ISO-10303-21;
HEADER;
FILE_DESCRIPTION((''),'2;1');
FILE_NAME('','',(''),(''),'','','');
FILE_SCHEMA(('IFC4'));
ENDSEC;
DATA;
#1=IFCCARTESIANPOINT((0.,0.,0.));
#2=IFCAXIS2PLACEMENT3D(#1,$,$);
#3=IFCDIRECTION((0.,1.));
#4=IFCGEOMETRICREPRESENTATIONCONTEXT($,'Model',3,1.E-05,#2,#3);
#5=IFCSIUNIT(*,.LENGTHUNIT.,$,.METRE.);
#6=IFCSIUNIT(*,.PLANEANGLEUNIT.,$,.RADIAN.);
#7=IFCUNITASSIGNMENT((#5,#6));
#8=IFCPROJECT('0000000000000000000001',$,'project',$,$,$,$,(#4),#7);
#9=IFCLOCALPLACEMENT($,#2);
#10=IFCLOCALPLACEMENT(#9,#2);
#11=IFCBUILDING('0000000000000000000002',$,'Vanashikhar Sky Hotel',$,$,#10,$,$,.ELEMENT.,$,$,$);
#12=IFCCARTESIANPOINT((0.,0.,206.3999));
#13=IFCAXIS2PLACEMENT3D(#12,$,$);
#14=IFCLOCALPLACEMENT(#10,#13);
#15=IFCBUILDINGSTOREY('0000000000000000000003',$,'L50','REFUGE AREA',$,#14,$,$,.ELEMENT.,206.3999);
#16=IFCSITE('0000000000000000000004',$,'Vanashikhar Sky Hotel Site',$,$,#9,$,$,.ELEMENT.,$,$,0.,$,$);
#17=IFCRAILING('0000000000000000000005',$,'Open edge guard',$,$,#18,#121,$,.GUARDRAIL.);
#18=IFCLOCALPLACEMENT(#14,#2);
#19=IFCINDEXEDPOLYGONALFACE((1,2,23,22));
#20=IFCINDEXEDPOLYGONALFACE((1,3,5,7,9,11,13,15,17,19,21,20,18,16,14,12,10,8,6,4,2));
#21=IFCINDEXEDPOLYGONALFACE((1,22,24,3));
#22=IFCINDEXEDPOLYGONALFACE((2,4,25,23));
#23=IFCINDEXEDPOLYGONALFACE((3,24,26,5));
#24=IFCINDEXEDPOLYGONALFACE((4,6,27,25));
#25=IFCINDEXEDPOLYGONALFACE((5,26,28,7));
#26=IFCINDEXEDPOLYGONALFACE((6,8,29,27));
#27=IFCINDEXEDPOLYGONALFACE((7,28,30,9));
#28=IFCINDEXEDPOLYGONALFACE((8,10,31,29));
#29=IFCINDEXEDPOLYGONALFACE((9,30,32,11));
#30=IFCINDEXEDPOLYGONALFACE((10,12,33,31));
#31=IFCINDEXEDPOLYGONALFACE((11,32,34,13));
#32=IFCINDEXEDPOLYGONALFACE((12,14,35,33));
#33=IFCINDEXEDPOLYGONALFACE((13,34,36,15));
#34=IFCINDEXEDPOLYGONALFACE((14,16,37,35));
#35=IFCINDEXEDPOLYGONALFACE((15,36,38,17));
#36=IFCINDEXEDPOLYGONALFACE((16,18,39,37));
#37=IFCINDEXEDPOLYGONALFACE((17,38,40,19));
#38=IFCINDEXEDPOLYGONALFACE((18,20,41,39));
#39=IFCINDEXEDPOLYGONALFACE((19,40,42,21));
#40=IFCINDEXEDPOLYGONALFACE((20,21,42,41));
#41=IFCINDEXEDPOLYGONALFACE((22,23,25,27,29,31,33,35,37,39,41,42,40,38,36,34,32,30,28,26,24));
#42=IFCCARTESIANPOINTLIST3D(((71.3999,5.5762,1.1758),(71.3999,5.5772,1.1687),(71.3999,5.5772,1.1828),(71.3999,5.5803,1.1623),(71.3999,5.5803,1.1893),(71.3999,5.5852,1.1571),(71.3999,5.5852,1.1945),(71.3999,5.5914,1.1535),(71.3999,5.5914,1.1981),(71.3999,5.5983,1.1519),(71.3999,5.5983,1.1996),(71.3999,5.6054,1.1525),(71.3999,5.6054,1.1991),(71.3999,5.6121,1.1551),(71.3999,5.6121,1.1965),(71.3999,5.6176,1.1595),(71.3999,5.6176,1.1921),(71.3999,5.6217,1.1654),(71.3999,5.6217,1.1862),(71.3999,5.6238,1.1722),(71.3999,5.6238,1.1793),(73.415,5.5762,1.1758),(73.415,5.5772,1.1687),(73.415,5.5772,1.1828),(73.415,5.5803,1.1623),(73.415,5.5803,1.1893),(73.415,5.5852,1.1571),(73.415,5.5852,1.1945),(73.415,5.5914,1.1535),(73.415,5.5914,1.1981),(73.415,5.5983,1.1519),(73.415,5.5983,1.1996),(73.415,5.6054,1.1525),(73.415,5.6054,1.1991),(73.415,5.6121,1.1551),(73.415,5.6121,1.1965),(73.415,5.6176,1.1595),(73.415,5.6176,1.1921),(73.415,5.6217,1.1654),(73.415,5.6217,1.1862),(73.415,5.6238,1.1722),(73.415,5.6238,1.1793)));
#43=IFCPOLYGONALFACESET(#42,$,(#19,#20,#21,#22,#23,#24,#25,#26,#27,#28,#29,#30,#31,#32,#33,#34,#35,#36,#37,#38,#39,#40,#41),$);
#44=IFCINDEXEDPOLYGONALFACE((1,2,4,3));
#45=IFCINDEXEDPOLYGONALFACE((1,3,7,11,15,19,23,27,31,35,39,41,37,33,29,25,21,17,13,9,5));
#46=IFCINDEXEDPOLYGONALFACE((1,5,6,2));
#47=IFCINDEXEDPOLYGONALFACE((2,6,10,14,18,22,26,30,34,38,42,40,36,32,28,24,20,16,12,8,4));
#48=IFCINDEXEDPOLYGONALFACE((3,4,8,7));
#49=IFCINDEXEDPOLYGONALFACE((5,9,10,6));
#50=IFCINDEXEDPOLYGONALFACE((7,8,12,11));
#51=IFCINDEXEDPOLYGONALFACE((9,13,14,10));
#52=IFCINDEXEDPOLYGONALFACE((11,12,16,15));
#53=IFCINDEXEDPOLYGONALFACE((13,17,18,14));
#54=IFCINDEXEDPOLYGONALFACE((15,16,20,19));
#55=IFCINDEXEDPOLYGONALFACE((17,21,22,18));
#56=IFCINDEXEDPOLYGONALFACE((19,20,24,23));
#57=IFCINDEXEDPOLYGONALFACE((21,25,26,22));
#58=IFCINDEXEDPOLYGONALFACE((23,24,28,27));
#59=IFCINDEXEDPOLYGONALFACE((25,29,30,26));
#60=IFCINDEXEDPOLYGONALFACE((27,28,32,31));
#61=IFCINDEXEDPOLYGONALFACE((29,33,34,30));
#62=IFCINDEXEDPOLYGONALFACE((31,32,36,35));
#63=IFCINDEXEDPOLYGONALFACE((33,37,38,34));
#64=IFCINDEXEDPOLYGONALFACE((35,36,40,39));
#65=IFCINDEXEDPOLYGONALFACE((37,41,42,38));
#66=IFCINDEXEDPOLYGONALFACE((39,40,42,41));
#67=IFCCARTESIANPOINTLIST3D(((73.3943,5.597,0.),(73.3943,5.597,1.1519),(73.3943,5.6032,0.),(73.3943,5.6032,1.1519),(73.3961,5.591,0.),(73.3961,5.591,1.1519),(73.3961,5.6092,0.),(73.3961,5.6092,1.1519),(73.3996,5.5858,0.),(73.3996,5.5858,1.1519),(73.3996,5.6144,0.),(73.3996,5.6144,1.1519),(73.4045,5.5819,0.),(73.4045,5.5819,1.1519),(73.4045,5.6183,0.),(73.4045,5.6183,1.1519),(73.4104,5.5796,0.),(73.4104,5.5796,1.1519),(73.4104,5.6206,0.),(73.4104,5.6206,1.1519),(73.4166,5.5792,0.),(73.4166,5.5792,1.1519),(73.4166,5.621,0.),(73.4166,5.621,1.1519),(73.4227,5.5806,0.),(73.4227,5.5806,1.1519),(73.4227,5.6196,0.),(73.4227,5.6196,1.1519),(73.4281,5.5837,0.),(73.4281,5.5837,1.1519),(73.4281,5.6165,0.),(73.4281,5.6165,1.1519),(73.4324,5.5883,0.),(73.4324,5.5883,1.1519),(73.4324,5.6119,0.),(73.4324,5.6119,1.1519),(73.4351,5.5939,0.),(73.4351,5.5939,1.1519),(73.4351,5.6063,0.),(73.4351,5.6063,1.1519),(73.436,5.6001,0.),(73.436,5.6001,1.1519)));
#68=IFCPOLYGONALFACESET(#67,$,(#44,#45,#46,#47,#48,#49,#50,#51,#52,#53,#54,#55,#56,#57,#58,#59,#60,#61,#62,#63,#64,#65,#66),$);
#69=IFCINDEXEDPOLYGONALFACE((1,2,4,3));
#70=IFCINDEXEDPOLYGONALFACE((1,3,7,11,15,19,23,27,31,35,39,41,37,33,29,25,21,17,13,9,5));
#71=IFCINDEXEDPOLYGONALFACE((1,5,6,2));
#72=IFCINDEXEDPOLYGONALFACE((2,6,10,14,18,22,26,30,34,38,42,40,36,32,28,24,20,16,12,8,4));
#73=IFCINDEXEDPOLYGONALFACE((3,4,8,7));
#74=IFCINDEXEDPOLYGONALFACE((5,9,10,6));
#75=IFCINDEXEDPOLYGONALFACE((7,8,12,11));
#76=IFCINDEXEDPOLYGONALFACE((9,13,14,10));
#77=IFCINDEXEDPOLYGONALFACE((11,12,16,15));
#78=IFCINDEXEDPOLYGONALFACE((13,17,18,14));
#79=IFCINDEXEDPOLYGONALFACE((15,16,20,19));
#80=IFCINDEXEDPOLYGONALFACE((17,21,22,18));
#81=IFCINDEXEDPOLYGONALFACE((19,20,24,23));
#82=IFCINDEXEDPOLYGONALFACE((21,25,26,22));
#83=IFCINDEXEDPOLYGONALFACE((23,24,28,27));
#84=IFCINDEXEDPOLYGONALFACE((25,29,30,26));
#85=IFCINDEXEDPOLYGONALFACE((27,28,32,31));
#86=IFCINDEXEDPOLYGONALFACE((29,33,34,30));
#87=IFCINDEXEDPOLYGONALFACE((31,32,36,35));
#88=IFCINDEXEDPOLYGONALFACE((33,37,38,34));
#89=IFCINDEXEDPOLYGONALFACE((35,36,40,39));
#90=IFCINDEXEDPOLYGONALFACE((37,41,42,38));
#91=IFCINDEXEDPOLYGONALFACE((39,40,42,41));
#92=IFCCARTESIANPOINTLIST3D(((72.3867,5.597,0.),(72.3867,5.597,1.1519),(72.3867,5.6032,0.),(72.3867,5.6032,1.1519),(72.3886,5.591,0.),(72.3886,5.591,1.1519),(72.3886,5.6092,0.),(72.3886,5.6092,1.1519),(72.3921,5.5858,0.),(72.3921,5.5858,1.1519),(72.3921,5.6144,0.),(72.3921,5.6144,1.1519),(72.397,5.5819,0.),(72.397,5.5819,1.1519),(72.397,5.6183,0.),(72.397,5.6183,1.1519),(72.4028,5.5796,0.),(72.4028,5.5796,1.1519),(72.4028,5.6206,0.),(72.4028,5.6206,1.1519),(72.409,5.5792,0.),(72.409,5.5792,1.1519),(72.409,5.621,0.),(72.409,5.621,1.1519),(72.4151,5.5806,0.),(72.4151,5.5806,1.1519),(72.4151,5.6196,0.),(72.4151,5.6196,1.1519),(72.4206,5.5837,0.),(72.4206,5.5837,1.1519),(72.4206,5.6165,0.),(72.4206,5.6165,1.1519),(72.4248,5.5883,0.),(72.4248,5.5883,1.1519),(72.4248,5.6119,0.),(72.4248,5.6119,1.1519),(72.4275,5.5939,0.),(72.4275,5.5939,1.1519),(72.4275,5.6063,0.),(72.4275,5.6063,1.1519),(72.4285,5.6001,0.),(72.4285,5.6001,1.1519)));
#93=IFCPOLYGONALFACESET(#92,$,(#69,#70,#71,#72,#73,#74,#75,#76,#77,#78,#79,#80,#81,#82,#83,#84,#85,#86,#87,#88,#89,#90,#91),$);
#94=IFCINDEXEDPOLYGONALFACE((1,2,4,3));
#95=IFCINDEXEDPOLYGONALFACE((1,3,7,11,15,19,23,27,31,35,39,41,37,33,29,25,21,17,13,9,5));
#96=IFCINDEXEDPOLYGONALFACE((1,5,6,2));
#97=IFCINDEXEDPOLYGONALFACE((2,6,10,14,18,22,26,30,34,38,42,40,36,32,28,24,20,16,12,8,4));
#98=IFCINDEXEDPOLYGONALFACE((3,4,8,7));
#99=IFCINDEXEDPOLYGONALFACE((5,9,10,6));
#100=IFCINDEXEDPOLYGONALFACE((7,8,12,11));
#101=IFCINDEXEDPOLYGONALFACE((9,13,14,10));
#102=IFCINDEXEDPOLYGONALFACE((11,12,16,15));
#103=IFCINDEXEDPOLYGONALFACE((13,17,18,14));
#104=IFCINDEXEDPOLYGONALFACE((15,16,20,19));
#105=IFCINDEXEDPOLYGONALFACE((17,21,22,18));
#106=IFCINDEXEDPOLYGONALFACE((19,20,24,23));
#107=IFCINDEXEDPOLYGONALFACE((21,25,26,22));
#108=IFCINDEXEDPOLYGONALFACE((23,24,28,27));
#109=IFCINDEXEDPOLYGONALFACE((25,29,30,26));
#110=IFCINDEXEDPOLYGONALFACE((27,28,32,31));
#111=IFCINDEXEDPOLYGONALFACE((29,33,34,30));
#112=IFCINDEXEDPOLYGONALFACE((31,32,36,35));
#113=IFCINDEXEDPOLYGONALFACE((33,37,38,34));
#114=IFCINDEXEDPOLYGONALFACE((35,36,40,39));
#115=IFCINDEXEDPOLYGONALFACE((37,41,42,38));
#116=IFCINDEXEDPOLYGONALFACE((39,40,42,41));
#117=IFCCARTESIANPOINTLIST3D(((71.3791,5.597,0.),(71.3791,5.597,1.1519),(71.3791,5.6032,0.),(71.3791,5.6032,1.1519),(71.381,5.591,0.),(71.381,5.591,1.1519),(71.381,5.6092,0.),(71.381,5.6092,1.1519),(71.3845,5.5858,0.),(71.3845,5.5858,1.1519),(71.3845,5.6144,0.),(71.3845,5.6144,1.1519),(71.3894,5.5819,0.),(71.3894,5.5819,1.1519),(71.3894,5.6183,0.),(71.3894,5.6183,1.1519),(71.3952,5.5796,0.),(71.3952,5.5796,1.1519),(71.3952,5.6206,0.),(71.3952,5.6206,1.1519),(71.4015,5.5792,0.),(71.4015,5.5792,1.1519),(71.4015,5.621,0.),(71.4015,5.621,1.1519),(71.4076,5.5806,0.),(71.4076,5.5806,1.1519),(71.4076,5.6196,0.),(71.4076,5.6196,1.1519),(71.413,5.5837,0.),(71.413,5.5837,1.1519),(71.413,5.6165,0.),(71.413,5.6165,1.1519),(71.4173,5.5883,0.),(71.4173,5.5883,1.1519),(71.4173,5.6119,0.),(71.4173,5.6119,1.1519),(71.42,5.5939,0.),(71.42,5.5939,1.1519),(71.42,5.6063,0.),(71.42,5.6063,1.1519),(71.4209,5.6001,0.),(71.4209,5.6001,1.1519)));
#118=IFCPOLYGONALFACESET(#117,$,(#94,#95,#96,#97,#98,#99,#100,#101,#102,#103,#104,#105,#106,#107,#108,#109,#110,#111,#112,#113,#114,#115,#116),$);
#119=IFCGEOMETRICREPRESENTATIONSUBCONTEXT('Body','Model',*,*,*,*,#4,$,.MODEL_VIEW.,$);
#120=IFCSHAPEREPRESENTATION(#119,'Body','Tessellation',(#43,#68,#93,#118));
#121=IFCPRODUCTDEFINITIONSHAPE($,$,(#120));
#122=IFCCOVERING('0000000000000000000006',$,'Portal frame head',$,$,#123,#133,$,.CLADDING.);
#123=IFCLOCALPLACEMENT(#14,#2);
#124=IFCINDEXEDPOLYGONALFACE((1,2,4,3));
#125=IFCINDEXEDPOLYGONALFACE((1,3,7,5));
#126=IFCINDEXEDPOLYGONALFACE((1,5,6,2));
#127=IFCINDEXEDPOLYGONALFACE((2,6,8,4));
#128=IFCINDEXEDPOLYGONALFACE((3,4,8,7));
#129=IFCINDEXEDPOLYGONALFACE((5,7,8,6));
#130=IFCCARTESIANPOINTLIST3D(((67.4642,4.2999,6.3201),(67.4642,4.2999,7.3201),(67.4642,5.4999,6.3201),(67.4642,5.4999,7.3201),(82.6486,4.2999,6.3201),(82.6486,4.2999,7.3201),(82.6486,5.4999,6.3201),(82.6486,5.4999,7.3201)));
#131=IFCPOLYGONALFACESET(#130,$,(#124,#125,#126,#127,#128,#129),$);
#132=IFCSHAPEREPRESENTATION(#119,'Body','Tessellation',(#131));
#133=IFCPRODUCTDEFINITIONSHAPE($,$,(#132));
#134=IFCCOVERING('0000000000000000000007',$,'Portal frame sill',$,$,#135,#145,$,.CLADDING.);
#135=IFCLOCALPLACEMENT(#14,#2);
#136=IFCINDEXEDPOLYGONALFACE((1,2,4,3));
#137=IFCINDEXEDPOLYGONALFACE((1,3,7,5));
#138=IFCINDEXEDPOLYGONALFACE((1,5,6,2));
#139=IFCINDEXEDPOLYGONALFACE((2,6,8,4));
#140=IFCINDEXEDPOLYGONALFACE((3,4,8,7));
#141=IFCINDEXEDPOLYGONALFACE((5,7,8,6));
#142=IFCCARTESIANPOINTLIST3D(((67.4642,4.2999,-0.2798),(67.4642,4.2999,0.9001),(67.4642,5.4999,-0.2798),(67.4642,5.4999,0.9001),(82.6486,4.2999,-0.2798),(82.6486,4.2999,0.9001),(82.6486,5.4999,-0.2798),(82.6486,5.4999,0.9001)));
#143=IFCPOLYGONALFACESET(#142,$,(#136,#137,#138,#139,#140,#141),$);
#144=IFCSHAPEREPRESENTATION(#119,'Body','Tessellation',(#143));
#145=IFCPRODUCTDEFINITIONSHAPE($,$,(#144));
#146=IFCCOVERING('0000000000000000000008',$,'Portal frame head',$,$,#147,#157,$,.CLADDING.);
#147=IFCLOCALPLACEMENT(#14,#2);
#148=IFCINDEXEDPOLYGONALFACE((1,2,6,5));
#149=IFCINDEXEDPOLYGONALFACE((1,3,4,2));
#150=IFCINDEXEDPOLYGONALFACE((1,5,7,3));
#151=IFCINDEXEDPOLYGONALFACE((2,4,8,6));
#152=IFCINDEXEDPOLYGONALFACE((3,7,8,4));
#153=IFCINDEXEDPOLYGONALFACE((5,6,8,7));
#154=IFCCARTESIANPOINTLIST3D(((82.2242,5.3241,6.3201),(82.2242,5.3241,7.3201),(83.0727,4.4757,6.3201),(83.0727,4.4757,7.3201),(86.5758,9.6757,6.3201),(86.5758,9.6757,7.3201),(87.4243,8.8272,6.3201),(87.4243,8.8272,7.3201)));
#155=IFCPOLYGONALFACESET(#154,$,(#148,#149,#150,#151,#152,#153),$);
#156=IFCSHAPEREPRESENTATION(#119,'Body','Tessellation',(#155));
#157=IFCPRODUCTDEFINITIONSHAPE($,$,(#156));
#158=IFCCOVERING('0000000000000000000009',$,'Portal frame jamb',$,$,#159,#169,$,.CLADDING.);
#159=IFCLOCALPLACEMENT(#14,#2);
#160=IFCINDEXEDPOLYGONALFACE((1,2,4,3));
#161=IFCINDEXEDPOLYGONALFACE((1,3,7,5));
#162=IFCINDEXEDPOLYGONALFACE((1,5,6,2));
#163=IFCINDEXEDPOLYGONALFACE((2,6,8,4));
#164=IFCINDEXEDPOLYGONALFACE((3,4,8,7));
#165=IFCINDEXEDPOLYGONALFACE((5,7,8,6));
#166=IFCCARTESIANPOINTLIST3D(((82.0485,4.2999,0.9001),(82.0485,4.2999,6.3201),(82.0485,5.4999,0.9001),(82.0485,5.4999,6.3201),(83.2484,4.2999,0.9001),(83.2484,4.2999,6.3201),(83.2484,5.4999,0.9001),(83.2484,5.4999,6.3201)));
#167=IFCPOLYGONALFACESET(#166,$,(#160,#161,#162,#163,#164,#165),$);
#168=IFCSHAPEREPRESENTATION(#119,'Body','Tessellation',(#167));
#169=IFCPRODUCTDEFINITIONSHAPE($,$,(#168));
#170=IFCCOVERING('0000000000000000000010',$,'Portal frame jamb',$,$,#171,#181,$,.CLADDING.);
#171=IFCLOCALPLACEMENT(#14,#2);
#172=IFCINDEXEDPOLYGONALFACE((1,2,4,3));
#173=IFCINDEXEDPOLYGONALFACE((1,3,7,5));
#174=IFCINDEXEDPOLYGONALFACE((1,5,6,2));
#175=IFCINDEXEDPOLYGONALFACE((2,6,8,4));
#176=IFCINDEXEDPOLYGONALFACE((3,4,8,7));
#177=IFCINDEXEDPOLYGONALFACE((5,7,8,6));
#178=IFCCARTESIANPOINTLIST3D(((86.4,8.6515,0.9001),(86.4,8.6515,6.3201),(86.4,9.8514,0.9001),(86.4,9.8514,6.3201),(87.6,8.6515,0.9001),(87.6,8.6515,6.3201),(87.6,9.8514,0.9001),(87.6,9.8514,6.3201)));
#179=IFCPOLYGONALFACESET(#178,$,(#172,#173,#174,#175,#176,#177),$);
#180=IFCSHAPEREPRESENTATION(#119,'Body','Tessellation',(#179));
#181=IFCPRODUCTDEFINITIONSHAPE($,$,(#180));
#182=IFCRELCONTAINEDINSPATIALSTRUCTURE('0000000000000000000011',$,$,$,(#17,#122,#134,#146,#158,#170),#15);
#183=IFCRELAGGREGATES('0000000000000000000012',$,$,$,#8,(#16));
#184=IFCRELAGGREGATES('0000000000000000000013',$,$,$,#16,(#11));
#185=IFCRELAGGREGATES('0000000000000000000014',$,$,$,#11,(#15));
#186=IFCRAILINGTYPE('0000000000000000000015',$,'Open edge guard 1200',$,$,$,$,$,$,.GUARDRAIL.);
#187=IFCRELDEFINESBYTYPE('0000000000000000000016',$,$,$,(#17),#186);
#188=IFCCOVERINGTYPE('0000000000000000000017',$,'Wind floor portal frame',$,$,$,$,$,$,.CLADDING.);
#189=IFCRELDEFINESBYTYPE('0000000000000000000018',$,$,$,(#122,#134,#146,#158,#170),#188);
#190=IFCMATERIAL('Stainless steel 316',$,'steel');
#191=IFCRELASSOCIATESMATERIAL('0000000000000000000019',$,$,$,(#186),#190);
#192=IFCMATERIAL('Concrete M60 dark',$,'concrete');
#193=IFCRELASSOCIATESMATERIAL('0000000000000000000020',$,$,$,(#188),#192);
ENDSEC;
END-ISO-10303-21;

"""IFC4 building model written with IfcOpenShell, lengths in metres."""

from ifc_helpers import new_model, si_unit, direction, frame, origin, origin_2d, place, context, subcontext, project, spatial, rectangle, circle, extrude, source, transform, mapped, material, type_object, element, save


model = new_model("IFC4")

# Units and contexts
model_context = context("Model", 3, precision=1e-05, world=origin(), true_north=direction((0.0, 1.0)))
body_context = subcontext(model_context, "Body", "Model", "MODEL_VIEW")
ifc_project = project(units=[si_unit("LENGTHUNIT", "METRE"), si_unit("PLANEANGLEUNIT", "RADIAN")], contexts=[model_context])

# Site, building, storey
site_placement = place(None, origin())
site = spatial("IfcSite", under=ifc_project, at=site_placement, Name="Vanashikhar Sky Hotel Site", CompositionType="ELEMENT", RefElevation=0.0)
building_placement = place(site_placement, origin())
building = spatial("IfcBuilding", under=site, at=building_placement, Name="Vanashikhar Sky Hotel", CompositionType="ELEMENT")
storey_placement = place(building_placement, frame((0.0, 0.0, 206.3999)))
storey = spatial("IfcBuildingStorey", under=building, at=storey_placement, Name="L50", Description="REFUGE AREA", CompositionType="ELEMENT", Elevation=206.3999)

# Railing
ifc_material_1 = material(Name="Stainless steel 316", Category="steel")
railing_type = type_object("IfcRailingType", Name="Open edge guard 1200", PredefinedType="GUARDRAIL", material=ifc_material_1)
shared_shape_1 = source(origin(), body_context, "Body", "SweptSolid", [
    extrude(circle(Radius=0.0239, at=origin_2d()), frame((0.0, 0.0, 1.1758), z_axis=(-1.0, 0.0, 0.0), x_axis=(0.0, -1.0, 0.0)), (0.0, 0.0, 1.0), 2.0151),
    extrude(circle(Radius=0.021, at=origin_2d()), origin(), (0.0, 0.0, 1.0), 1.1519),
    extrude(circle(Radius=0.021, at=origin_2d()), frame((-1.0076, 0.0, 0.0)), (0.0, 0.0, 1.0), 1.1519),
    extrude(circle(Radius=0.021, at=origin_2d()), frame((-2.0151, 0.0, 0.0)), (0.0, 0.0, 1.0), 1.1519),
])
railing_placement = place(storey_placement, frame((73.415, 5.6001, 0.0)))
element("IfcRailing", 1, at=railing_placement, inside=storey, type_object=railing_type, Name="Open edge guard", PredefinedType="GUARDRAIL", context=body_context, shape_type="MappedRepresentation", body=[
    mapped(shared_shape_1, transform((0.0, 0.0, 0.0), scale=1.0)),
])

# Coverings
ifc_material_2 = material(Name="Concrete M60 dark", Category="concrete")
covering_type = type_object("IfcCoveringType", Name="Wind floor portal frame", PredefinedType="CLADDING", material=ifc_material_2)
shared_shape_2 = source(origin(), body_context, "Body", "SweptSolid", [
    extrude(rectangle(XDim=15.1843, YDim=1.2, at=origin_2d()), origin(), (0.0, 0.0, 1.0), 1.0),
])
covering_1_placement = place(storey_placement, frame((75.0564, 4.8999, 6.3201), z_axis=(0.0, 0.0, 1.0), x_axis=(1.0, 0.0, 0.0)))
element("IfcCovering", 2, at=covering_1_placement, inside=storey, type_object=covering_type, Name="Portal frame head", PredefinedType="CLADDING", context=body_context, shape_type="MappedRepresentation", body=[
    mapped(shared_shape_2, transform((0.0, 0.0, 0.0), scale=1.0)),
])
shared_shape_3 = source(origin(), body_context, "Body", "SweptSolid", [
    extrude(rectangle(XDim=15.1843, YDim=1.2, at=origin_2d()), origin(), (0.0, 0.0, 1.0), 1.1799),
])
covering_2_placement = place(storey_placement, frame((75.0564, 4.8999, -0.2798), z_axis=(0.0, 0.0, 1.0), x_axis=(1.0, 0.0, 0.0)))
element("IfcCovering", 3, at=covering_2_placement, inside=storey, type_object=covering_type, Name="Portal frame sill", PredefinedType="CLADDING", context=body_context, shape_type="MappedRepresentation", body=[
    mapped(shared_shape_3, transform((0.0, 0.0, 0.0), scale=1.0)),
])
shared_shape_4 = source(origin(), body_context, "Body", "SweptSolid", [
    extrude(rectangle(XDim=6.1541, YDim=1.2, at=origin_2d()), origin(), (0.0, 0.0, 1.0), 1.0),
])
covering_3_placement = place(storey_placement, frame((84.8242, 7.0757, 6.3201), z_axis=(0.0, 0.0, 1.0), x_axis=(0.707107, 0.707107, 0.0)))
element("IfcCovering", 4, at=covering_3_placement, inside=storey, type_object=covering_type, Name="Portal frame head", PredefinedType="CLADDING", context=body_context, shape_type="MappedRepresentation", body=[
    mapped(shared_shape_4, transform((0.0, 0.0, 0.0), scale=1.0)),
])
shared_shape_5 = source(origin(), body_context, "Body", "SweptSolid", [
    extrude(rectangle(XDim=1.2, YDim=1.2, at=origin_2d()), origin(), (0.0, 0.0, 1.0), 5.4199),
])
for number, where, z_axis, x_axis, name in (
    (5, (82.6484, 4.8999, 0.9001), (0.0, 0.0, 1.0), (1.0, 0.0, 0.0), "Portal frame jamb"),
    (6, (87.0, 9.2515, 0.9001), (0.0, 0.0, 1.0), (1.0, 0.0, 0.0), "Portal frame jamb"),
):
    element("IfcCovering", number, at=place(storey_placement, frame(where, z_axis=z_axis, x_axis=x_axis)), inside=storey, type_object=covering_type, Name=name, PredefinedType="CLADDING", context=body_context, shape_type="MappedRepresentation", body=[
        mapped(shared_shape_5, transform((0.0, 0.0, 0.0), scale=1.0)),
    ])

save(model, "model.ifc")
